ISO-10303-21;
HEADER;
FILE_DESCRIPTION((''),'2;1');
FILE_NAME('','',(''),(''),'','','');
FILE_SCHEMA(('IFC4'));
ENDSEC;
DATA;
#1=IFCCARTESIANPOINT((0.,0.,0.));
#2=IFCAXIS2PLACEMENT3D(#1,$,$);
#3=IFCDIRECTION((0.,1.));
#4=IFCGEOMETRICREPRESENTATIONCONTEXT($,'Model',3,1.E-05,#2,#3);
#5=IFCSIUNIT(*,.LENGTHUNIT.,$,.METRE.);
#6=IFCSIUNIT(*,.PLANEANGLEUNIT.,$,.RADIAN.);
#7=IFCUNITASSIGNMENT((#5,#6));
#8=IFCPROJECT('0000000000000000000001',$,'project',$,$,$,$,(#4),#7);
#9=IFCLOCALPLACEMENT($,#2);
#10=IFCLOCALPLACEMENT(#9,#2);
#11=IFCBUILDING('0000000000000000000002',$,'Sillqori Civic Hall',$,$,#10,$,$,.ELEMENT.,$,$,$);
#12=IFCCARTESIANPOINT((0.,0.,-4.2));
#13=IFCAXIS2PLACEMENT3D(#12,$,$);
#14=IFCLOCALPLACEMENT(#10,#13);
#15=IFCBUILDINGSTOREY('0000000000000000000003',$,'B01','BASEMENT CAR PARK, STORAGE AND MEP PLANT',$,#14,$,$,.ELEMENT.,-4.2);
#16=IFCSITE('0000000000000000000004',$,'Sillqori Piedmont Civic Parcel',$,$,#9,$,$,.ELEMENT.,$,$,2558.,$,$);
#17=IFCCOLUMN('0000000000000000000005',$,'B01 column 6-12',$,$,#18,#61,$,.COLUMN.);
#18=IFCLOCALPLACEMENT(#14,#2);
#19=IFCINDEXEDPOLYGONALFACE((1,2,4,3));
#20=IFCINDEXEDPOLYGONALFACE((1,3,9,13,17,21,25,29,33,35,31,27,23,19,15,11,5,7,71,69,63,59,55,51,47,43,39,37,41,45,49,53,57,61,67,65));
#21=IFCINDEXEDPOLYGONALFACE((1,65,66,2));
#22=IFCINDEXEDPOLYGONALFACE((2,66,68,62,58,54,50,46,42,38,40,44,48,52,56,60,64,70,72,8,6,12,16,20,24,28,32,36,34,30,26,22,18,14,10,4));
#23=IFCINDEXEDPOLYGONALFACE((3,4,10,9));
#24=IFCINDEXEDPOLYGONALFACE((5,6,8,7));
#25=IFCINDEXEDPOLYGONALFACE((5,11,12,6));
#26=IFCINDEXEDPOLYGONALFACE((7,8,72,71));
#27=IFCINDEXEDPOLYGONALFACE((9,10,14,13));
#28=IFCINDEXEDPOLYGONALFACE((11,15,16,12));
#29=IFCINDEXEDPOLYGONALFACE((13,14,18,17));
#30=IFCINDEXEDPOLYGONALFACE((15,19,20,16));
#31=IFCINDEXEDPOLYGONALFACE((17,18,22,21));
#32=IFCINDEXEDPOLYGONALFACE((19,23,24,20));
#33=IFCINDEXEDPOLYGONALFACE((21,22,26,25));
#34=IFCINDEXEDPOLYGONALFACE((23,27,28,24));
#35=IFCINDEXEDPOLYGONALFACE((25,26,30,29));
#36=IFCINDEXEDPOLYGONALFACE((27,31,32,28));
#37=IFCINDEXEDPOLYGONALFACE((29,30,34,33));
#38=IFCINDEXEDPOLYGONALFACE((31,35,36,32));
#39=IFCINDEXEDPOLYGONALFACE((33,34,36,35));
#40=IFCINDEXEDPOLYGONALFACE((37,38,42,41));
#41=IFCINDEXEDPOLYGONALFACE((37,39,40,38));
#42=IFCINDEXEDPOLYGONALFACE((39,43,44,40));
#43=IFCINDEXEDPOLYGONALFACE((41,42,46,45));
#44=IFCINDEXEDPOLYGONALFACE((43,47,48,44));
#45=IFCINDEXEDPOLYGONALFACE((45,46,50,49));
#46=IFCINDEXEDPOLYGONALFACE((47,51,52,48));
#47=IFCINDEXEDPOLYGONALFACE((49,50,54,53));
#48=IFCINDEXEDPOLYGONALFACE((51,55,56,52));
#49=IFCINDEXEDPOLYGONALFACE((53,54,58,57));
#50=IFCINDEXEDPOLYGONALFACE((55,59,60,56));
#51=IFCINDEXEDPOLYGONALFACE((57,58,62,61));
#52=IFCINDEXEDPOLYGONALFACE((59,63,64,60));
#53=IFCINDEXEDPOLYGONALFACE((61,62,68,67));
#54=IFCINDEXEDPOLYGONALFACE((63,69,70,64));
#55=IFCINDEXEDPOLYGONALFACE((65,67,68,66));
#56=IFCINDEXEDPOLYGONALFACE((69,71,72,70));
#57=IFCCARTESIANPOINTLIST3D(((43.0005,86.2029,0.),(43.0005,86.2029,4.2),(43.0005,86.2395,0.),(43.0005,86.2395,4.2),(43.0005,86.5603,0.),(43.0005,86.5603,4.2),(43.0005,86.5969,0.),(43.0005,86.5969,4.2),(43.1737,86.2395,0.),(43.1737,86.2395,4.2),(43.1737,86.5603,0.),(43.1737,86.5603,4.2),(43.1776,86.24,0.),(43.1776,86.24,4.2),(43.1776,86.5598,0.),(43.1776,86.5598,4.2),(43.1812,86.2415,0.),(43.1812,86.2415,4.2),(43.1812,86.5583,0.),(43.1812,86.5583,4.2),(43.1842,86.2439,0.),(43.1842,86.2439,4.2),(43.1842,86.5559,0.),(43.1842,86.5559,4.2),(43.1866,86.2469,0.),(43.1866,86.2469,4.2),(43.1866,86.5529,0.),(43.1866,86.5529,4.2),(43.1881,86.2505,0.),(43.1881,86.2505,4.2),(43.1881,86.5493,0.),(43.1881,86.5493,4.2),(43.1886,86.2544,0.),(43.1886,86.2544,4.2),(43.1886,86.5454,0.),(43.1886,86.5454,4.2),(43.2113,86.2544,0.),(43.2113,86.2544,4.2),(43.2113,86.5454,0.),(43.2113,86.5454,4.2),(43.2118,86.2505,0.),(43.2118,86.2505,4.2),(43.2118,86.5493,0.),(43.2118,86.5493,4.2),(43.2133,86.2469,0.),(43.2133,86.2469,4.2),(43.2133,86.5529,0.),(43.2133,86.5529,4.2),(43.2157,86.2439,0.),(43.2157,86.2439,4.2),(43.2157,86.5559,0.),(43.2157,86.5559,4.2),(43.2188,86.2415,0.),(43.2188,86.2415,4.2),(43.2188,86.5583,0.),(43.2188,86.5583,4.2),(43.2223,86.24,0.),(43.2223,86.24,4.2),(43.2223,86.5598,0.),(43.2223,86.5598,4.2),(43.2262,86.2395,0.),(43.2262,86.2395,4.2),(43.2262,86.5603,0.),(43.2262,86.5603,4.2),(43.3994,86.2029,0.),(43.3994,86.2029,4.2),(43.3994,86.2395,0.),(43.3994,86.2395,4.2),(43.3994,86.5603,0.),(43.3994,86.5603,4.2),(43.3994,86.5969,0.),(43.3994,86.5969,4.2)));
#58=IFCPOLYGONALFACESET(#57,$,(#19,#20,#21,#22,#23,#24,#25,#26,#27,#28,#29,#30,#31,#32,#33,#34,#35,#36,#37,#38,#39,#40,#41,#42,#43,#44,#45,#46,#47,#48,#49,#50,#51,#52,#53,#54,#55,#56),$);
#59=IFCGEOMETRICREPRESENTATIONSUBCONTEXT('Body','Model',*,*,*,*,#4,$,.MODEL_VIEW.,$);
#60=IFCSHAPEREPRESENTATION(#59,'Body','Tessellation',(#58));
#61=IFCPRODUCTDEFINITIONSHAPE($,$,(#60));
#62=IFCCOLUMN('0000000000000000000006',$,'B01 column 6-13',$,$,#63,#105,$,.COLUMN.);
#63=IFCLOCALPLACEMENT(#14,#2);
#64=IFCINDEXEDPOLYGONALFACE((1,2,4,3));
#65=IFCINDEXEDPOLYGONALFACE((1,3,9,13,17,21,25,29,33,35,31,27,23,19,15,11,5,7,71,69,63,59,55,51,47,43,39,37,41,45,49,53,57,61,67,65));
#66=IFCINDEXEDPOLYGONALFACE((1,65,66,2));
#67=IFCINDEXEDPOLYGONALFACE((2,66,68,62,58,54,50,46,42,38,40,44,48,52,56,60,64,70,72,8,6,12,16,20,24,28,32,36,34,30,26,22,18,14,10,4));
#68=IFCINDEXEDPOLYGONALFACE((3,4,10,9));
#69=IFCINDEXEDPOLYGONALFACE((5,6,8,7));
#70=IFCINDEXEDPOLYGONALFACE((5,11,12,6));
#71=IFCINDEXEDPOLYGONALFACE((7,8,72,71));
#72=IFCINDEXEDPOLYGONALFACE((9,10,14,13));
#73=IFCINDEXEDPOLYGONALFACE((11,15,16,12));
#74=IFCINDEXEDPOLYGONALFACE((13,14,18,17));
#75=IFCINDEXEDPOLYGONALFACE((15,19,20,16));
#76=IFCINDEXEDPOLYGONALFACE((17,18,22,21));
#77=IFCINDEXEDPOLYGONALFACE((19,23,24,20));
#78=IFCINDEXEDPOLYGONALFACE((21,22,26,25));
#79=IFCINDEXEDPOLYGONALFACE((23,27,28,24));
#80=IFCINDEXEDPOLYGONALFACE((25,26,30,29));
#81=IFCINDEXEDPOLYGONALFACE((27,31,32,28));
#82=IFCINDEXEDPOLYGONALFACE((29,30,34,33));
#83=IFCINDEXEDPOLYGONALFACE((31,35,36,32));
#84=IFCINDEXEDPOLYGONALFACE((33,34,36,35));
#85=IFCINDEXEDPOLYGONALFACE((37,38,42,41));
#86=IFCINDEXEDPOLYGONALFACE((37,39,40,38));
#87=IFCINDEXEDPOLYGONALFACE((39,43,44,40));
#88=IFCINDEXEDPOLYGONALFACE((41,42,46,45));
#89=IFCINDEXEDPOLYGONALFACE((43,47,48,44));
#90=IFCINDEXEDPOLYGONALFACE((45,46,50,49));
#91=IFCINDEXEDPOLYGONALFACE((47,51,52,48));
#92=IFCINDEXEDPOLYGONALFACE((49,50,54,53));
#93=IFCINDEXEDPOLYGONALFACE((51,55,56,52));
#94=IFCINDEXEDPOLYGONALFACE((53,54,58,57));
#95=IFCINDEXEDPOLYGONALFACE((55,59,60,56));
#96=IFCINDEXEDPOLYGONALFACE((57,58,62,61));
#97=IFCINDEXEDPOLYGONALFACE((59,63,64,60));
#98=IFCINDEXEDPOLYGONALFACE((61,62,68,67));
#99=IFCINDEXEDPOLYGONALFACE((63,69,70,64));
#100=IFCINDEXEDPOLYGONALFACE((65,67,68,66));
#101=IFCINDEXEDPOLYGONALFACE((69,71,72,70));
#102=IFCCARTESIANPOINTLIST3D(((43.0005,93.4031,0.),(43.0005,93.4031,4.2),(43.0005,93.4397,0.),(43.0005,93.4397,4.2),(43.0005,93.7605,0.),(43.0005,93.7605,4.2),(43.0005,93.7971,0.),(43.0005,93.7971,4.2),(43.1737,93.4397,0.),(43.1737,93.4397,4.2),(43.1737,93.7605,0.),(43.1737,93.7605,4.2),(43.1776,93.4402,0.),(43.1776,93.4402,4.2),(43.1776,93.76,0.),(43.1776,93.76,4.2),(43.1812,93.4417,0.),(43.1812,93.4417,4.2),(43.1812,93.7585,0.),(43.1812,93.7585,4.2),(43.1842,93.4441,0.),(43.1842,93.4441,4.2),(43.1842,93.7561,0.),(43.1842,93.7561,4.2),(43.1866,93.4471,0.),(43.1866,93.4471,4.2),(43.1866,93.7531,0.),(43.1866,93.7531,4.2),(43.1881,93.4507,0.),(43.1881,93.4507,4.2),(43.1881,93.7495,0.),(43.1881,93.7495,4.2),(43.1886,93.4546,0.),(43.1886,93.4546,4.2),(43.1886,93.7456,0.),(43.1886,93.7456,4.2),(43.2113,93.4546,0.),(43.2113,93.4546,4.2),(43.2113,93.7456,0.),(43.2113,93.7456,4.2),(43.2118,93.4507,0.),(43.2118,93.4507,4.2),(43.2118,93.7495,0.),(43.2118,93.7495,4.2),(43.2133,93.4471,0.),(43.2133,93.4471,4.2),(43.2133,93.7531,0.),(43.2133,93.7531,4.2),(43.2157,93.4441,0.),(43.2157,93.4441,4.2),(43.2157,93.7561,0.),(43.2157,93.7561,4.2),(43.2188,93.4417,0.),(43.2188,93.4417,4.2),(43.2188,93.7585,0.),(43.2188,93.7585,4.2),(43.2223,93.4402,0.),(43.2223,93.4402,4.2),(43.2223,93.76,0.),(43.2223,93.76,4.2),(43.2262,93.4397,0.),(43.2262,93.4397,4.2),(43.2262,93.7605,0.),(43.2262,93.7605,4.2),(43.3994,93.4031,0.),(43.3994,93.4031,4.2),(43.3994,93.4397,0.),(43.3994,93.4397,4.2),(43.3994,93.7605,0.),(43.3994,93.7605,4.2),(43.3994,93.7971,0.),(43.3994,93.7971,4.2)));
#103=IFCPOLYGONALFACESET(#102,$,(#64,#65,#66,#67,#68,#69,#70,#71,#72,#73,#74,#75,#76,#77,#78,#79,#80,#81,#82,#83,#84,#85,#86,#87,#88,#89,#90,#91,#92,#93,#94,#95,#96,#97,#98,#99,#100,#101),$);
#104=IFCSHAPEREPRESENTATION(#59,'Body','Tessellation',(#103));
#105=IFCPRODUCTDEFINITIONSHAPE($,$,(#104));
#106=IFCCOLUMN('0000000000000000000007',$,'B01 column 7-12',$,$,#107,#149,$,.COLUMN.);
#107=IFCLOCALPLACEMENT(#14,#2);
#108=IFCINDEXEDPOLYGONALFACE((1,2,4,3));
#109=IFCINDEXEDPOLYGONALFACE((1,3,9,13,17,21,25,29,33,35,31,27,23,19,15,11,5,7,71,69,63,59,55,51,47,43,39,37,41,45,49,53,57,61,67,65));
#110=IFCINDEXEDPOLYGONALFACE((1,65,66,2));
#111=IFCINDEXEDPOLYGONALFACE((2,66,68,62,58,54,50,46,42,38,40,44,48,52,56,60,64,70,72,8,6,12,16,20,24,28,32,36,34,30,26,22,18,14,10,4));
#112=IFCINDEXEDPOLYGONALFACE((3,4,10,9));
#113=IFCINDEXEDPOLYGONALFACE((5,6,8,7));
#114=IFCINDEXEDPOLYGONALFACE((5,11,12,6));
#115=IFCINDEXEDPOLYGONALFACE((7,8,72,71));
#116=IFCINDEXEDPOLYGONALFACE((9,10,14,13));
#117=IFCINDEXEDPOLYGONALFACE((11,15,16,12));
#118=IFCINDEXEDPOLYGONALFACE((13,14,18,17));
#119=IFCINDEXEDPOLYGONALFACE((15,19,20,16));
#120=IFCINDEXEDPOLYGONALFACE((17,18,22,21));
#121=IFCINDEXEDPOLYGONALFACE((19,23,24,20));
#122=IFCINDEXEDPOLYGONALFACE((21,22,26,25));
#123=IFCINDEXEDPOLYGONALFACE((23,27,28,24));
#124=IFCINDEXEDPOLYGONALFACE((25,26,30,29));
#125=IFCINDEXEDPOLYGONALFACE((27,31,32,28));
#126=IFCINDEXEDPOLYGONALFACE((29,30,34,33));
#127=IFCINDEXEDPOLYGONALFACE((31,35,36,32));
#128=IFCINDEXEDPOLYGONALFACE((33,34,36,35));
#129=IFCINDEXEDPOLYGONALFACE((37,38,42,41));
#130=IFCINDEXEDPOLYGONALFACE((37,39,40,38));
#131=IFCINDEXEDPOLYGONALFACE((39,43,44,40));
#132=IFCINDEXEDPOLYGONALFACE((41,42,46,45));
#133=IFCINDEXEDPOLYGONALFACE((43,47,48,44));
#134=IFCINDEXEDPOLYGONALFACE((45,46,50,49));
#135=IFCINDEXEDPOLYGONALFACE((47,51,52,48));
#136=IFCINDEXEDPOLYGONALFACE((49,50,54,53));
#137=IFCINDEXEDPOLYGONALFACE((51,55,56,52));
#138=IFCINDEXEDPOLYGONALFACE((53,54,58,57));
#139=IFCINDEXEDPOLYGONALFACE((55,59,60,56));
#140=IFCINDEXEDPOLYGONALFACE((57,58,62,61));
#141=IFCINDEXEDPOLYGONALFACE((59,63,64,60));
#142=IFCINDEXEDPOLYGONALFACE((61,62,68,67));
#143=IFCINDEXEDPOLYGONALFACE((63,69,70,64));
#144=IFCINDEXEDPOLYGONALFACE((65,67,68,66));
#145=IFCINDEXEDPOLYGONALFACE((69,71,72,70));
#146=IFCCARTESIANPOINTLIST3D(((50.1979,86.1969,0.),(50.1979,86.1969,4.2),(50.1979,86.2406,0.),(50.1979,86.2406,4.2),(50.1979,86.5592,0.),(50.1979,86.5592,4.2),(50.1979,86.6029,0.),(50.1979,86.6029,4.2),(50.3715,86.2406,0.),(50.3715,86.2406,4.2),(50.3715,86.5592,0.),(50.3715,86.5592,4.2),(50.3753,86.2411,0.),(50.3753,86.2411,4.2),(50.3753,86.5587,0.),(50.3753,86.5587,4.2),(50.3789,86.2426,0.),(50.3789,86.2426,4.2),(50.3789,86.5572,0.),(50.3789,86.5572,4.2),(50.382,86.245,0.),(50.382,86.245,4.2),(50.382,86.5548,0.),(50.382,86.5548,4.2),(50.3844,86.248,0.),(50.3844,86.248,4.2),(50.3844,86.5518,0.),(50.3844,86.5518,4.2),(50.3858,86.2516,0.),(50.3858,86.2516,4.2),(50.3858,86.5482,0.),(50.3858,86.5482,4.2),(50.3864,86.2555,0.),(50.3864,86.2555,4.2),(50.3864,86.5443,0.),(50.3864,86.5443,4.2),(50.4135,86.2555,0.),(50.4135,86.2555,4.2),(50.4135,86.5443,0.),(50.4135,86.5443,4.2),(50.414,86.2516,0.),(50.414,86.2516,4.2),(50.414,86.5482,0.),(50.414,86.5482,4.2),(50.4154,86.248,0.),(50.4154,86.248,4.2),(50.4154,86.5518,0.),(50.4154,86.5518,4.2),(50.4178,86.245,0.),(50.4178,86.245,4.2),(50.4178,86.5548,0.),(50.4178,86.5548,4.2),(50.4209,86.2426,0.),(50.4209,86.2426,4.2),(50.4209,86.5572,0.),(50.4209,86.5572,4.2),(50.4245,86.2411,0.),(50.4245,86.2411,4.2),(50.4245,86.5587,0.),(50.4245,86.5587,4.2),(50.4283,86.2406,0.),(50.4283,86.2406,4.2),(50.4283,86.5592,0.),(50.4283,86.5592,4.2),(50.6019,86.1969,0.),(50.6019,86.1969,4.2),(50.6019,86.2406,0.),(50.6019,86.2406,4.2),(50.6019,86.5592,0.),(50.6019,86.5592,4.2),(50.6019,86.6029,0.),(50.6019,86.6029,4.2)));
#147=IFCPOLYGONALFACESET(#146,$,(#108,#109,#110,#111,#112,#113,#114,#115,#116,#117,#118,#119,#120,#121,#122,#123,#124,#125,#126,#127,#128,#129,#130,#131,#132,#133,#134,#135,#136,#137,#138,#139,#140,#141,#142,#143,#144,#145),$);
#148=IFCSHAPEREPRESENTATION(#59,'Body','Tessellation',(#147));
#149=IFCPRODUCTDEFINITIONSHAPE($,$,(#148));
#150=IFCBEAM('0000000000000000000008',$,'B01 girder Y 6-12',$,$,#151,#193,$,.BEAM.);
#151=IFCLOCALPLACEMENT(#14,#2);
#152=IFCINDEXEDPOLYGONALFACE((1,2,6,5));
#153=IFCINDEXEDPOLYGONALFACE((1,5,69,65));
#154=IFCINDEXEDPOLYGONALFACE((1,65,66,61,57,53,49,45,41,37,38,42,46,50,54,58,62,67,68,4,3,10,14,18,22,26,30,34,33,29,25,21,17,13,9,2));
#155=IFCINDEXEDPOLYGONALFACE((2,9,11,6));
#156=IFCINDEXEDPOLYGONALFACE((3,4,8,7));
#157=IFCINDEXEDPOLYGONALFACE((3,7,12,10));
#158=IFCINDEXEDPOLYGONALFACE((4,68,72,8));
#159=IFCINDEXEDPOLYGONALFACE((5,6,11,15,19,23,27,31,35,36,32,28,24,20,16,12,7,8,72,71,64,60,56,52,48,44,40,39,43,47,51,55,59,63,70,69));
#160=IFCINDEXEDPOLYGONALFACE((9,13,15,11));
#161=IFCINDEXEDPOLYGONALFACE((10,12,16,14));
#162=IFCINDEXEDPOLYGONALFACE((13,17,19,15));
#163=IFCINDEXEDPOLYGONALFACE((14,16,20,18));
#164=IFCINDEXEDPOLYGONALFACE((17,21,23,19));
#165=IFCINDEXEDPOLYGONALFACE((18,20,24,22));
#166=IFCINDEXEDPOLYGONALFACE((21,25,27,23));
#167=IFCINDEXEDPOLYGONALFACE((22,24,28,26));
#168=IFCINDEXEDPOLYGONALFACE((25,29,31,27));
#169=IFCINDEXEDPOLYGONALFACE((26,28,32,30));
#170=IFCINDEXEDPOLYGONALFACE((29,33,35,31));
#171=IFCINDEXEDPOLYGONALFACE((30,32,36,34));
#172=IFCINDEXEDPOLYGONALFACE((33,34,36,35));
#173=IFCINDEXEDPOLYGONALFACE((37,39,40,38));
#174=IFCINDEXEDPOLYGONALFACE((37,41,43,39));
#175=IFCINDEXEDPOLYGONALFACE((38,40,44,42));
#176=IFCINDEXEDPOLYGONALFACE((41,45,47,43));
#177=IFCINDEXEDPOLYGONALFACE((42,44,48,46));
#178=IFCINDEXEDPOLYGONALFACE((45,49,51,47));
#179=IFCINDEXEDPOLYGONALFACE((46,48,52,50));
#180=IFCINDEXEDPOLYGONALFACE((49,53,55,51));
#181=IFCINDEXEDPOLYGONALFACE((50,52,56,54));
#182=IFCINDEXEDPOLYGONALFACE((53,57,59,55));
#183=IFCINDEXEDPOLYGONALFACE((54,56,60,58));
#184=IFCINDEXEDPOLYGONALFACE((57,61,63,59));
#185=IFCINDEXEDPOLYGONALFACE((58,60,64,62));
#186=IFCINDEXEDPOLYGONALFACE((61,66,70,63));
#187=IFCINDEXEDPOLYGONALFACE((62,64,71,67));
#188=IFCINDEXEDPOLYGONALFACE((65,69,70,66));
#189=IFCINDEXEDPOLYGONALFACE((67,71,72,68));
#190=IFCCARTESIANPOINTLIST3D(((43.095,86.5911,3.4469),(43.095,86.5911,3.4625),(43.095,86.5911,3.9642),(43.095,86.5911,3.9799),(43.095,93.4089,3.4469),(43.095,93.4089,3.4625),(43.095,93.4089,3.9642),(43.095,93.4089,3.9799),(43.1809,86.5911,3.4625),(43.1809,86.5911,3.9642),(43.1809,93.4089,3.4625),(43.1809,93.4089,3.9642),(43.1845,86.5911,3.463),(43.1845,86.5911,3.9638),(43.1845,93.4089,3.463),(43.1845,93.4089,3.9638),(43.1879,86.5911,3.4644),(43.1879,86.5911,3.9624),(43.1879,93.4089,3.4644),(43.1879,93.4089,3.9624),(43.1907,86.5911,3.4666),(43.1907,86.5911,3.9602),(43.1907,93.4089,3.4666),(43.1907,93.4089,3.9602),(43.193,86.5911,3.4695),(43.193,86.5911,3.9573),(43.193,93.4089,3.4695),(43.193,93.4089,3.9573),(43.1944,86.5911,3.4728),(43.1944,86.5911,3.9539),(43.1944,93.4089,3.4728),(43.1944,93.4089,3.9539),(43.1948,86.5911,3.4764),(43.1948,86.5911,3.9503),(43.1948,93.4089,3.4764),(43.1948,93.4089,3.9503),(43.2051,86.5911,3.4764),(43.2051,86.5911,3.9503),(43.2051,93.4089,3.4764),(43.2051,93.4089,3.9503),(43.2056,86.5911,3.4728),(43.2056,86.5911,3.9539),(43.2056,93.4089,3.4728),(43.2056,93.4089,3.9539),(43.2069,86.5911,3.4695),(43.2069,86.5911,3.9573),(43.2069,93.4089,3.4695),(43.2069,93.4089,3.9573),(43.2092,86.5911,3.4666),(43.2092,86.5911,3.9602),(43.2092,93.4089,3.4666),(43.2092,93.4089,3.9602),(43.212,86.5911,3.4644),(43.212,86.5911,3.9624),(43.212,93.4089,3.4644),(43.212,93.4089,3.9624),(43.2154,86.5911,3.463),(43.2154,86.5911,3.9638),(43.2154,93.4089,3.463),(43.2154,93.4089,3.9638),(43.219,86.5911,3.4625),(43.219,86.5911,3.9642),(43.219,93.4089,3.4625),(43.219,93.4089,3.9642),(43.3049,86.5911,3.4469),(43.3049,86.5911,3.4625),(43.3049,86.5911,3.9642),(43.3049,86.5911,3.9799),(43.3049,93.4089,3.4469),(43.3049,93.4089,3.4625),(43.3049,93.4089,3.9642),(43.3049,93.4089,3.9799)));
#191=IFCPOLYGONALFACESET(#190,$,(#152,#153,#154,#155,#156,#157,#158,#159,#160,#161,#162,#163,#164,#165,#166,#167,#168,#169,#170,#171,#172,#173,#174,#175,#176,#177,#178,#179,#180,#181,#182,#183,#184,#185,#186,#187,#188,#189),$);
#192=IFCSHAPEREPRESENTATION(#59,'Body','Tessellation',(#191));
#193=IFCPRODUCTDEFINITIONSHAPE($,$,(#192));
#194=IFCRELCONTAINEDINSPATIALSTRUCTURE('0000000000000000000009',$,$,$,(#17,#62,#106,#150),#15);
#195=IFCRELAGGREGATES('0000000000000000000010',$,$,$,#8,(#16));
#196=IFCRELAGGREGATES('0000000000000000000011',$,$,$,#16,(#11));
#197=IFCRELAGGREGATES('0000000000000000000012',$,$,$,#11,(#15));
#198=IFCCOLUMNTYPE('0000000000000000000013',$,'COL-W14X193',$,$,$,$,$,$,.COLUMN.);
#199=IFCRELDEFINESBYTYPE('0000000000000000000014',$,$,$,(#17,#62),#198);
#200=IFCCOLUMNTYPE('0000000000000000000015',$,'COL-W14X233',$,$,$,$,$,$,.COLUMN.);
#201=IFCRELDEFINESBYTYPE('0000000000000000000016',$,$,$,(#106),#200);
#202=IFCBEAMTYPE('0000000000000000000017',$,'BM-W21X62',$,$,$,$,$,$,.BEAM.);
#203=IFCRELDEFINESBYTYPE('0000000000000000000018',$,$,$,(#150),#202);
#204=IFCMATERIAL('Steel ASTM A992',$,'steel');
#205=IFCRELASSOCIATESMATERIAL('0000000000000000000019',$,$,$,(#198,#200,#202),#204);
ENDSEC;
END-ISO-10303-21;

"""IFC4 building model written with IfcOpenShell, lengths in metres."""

from ifc_helpers import new_model, si_unit, direction, frame, origin, origin_2d, place, context, subcontext, project, spatial, i_section, extrude, material, material_profile, profile_set, type_object, element, save


model = new_model("IFC4")

# Units and contexts
model_context = context("Model", 3, precision=1e-05, world=origin(), true_north=direction((0.0, 1.0)))
body_context = subcontext(model_context, "Body", "Model", "MODEL_VIEW")
ifc_project = project(units=[si_unit("LENGTHUNIT", "METRE"), si_unit("PLANEANGLEUNIT", "RADIAN")], contexts=[model_context])

# Site, building, storey
site_placement = place(None, origin())
site = spatial("IfcSite", under=ifc_project, at=site_placement, Name="Sillqori Piedmont Civic Parcel", CompositionType="ELEMENT", RefElevation=2558.0)
building_placement = place(site_placement, origin())
building = spatial("IfcBuilding", under=site, at=building_placement, Name="Sillqori Civic Hall", CompositionType="ELEMENT")
storey_placement = place(building_placement, frame((0.0, 0.0, -4.2)))
storey = spatial("IfcBuildingStorey", under=building, at=storey_placement, Name="B01", Description="BASEMENT CAR PARK, STORAGE AND MEP PLANT", CompositionType="ELEMENT", Elevation=-4.2)

# Columns
ifc_material_1 = material(Name="Steel ASTM A992", Category="steel")
ifc_material_profile_1 = material_profile(ifc_material_1, i_section(OverallWidth=0.3989, OverallDepth=0.394, WebThickness=0.0227, FlangeThickness=0.0366, FilletRadius=0.0149, at=origin_2d()), Name="W14X193")
ifc_profile_set_1 = profile_set([ifc_material_profile_1], Name="Steel ASTM A992")
column_type_1 = type_object("IfcColumnType", Name="COL-W14X193", PredefinedType="COLUMN", material=ifc_profile_set_1)
for number, where, z_axis, x_axis, name in (
    (1, (43.2, 86.3999, 0.0), (0.0, 0.0, 1.0), (1.0, 0.0, 0.0), "B01 column 6-12"),
    (2, (43.2, 93.6001, 0.0), (0.0, 0.0, 1.0), (1.0, 0.0, 0.0), "B01 column 6-13"),
):
    element("IfcColumn", number, at=place(storey_placement, frame(where, z_axis=z_axis, x_axis=x_axis)), inside=storey, type_object=column_type_1, Name=name, PredefinedType="COLUMN", context=body_context, shape_type="SweptSolid", body=[
        extrude(i_section(OverallWidth=0.3989, OverallDepth=0.394, WebThickness=0.0227, FlangeThickness=0.0366, FilletRadius=0.0149, at=origin_2d()), origin(), (0.0, 0.0, 1.0), 4.2),
    ])
ifc_material_profile_2 = material_profile(ifc_material_1, i_section(OverallWidth=0.4041, OverallDepth=0.406, WebThickness=0.0271, FlangeThickness=0.0437, FilletRadius=0.0149, at=origin_2d()), Name="W14X233")
ifc_profile_set_2 = profile_set([ifc_material_profile_2], Name="Steel ASTM A992")
column_type_2 = type_object("IfcColumnType", Name="COL-W14X233", PredefinedType="COLUMN", material=ifc_profile_set_2)
column_placement = place(storey_placement, frame((50.3999, 86.3999, 0.0), z_axis=(0.0, 0.0, 1.0), x_axis=(1.0, 0.0, 0.0)))
element("IfcColumn", 3, at=column_placement, inside=storey, type_object=column_type_2, Name="B01 column 7-12", PredefinedType="COLUMN", context=body_context, shape_type="SweptSolid", body=[
    extrude(i_section(OverallWidth=0.4041, OverallDepth=0.406, WebThickness=0.0271, FlangeThickness=0.0437, FilletRadius=0.0149, at=origin_2d()), origin(), (0.0, 0.0, 1.0), 4.2),
])

# Beam
ifc_material_profile_3 = material_profile(ifc_material_1, i_section(OverallWidth=0.21, OverallDepth=0.533, WebThickness=0.0103, FlangeThickness=0.0156, FilletRadius=0.0139, at=origin_2d()), Name="W21X62")
ifc_profile_set_3 = profile_set([ifc_material_profile_3], Name="Steel ASTM A992")
beam_type_1 = type_object("IfcBeamType", Name="BM-W21X62", PredefinedType="BEAM", material=ifc_profile_set_3)
beam_1_placement = place(storey_placement, frame((43.2, 86.5911, 3.7134), z_axis=(0.0, 1.0, 0.0), x_axis=(-1.0, 0.0, 0.0)))
element("IfcBeam", 4, at=beam_1_placement, inside=storey, type_object=beam_type_1, Name="B01 girder Y 6-12", PredefinedType="BEAM", context=body_context, shape_type="SweptSolid", body=[
    extrude(i_section(OverallWidth=0.21, OverallDepth=0.533, WebThickness=0.0103, FlangeThickness=0.0156, FilletRadius=0.0139, at=origin_2d()), origin(), (0.0, 0.0, 1.0), 6.8179),
])

save(model, "model.ifc")
